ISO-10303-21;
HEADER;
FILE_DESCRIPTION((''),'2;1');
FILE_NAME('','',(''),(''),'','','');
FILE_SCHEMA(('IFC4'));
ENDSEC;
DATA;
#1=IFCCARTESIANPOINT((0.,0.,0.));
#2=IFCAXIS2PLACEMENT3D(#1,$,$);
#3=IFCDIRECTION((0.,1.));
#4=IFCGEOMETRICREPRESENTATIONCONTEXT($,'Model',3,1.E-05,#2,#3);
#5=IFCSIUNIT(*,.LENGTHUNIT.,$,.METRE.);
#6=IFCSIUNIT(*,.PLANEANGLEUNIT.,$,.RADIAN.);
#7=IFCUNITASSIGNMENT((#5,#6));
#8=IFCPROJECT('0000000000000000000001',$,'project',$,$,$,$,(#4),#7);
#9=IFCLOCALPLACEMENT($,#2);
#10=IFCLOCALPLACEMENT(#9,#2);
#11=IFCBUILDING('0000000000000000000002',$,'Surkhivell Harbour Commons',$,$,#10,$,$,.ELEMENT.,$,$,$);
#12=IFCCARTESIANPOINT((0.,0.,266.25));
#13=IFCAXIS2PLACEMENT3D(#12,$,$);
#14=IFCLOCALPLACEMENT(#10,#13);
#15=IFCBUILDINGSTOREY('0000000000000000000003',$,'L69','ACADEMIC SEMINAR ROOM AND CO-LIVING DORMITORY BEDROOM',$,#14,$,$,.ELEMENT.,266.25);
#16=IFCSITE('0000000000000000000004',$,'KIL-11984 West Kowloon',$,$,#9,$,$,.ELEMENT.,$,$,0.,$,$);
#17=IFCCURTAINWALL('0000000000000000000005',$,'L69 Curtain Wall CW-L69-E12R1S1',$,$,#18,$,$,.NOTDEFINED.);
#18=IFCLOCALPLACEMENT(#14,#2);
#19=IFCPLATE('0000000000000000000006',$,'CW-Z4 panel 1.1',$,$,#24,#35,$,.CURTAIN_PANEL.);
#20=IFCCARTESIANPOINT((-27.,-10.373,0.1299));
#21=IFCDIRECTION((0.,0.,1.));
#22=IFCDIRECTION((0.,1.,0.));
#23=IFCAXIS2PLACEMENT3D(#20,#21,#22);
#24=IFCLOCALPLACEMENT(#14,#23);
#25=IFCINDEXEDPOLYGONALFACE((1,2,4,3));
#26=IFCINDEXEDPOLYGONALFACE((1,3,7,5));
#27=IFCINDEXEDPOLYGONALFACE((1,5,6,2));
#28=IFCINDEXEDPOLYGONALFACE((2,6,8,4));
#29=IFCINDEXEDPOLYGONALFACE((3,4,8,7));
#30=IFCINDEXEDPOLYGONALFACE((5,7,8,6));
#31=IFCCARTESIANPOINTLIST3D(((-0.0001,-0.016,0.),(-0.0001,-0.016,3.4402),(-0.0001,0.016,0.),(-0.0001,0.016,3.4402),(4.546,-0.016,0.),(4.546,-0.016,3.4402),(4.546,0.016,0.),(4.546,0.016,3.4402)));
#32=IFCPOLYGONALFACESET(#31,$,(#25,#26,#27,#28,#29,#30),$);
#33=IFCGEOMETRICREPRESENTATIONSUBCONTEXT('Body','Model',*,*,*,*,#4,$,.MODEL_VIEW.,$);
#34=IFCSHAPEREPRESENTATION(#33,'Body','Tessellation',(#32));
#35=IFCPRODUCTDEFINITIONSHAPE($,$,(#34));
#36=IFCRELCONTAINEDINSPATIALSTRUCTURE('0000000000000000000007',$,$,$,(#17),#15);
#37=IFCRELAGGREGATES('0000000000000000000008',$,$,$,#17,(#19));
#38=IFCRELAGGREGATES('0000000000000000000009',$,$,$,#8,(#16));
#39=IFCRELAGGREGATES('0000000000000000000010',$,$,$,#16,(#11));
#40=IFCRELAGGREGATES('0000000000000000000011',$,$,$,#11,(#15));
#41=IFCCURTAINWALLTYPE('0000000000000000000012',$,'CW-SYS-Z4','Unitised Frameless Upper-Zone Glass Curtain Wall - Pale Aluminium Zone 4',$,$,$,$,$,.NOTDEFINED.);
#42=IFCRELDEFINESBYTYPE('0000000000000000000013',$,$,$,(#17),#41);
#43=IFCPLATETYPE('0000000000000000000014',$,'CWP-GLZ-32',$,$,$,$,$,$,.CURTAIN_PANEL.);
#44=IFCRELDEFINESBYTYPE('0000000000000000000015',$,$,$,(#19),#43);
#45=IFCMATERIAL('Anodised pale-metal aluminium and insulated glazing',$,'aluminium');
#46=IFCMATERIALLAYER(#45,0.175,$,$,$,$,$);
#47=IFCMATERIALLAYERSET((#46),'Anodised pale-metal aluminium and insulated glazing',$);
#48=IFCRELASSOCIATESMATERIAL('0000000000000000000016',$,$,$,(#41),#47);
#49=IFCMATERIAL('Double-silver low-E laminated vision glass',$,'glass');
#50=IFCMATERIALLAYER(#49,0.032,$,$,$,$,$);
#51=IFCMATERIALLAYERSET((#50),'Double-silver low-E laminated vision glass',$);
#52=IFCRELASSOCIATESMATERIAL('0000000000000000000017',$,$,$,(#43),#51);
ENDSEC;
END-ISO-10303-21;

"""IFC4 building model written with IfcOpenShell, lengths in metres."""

from ifc_helpers import new_model, si_unit, direction, frame, frame_2d, origin, place, context, subcontext, project, spatial, rectangle, extrude, material, layer, layer_set, type_object, element, aggregate, save


model = new_model("IFC4")

# Units and contexts
model_context = context("Model", 3, precision=1e-05, world=origin(), true_north=direction((0.0, 1.0)))
body_context = subcontext(model_context, "Body", "Model", "MODEL_VIEW")
ifc_project = project(units=[si_unit("LENGTHUNIT", "METRE"), si_unit("PLANEANGLEUNIT", "RADIAN")], contexts=[model_context])

# Site, building, storey
site_placement = place(None, origin())
site = spatial("IfcSite", under=ifc_project, at=site_placement, Name="KIL-11984 West Kowloon", CompositionType="ELEMENT", RefElevation=0.0)
building_placement = place(site_placement, origin())
building = spatial("IfcBuilding", under=site, at=building_placement, Name="Surkhivell Harbour Commons", CompositionType="ELEMENT")
storey_placement = place(building_placement, frame((0.0, 0.0, 266.25)))
storey = spatial("IfcBuildingStorey", under=building, at=storey_placement, Name="L69", Description="ACADEMIC SEMINAR ROOM AND CO-LIVING DORMITORY BEDROOM", CompositionType="ELEMENT", Elevation=266.25)

# Curtain wall
ifc_material_1 = material(Name="Anodised pale-metal aluminium and insulated glazing", Category="aluminium")
ifc_layer_1 = layer(ifc_material_1, 0.175)
ifc_layer_set_1 = layer_set([ifc_layer_1], Name="Anodised pale-metal aluminium and insulated glazing")
curtain_wall_type = type_object("IfcCurtainWallType", Name="CW-SYS-Z4", Description="Unitised Frameless Upper-Zone Glass Curtain Wall - Pale Aluminium Zone 4", PredefinedType="NOTDEFINED", material=ifc_layer_set_1)
curtain_wall_placement = place(storey_placement, origin())
curtain_wall = element("IfcCurtainWall", 1, at=curtain_wall_placement, inside=storey, type_object=curtain_wall_type, Name="L69 Curtain Wall CW-L69-E12R1S1", PredefinedType="NOTDEFINED")

# Plate
ifc_material_2 = material(Name="Double-silver low-E laminated vision glass", Category="glass")
ifc_layer_2 = layer(ifc_material_2, 0.032)
ifc_layer_set_2 = layer_set([ifc_layer_2], Name="Double-silver low-E laminated vision glass")
plate_type_1 = type_object("IfcPlateType", Name="CWP-GLZ-32", PredefinedType="CURTAIN_PANEL", material=ifc_layer_set_2)
plate_1_placement = place(storey_placement, frame((-27.0, -10.373, 0.1299), z_axis=(0.0, 0.0, 1.0), x_axis=(0.0, 1.0, 0.0)))
plate_1 = element("IfcPlate", 2, at=plate_1_placement, type_object=plate_type_1, Name="CW-Z4 panel 1.1", PredefinedType="CURTAIN_PANEL", context=body_context, shape_type="SweptSolid", body=[
    extrude(rectangle(XDim=4.5461, YDim=0.032, at=frame_2d((2.2729, 0.0))), origin(), (0.0, 0.0, 1.0), 3.4402),
])
aggregate(curtain_wall, [plate_1])

save(model, "model.ifc")
